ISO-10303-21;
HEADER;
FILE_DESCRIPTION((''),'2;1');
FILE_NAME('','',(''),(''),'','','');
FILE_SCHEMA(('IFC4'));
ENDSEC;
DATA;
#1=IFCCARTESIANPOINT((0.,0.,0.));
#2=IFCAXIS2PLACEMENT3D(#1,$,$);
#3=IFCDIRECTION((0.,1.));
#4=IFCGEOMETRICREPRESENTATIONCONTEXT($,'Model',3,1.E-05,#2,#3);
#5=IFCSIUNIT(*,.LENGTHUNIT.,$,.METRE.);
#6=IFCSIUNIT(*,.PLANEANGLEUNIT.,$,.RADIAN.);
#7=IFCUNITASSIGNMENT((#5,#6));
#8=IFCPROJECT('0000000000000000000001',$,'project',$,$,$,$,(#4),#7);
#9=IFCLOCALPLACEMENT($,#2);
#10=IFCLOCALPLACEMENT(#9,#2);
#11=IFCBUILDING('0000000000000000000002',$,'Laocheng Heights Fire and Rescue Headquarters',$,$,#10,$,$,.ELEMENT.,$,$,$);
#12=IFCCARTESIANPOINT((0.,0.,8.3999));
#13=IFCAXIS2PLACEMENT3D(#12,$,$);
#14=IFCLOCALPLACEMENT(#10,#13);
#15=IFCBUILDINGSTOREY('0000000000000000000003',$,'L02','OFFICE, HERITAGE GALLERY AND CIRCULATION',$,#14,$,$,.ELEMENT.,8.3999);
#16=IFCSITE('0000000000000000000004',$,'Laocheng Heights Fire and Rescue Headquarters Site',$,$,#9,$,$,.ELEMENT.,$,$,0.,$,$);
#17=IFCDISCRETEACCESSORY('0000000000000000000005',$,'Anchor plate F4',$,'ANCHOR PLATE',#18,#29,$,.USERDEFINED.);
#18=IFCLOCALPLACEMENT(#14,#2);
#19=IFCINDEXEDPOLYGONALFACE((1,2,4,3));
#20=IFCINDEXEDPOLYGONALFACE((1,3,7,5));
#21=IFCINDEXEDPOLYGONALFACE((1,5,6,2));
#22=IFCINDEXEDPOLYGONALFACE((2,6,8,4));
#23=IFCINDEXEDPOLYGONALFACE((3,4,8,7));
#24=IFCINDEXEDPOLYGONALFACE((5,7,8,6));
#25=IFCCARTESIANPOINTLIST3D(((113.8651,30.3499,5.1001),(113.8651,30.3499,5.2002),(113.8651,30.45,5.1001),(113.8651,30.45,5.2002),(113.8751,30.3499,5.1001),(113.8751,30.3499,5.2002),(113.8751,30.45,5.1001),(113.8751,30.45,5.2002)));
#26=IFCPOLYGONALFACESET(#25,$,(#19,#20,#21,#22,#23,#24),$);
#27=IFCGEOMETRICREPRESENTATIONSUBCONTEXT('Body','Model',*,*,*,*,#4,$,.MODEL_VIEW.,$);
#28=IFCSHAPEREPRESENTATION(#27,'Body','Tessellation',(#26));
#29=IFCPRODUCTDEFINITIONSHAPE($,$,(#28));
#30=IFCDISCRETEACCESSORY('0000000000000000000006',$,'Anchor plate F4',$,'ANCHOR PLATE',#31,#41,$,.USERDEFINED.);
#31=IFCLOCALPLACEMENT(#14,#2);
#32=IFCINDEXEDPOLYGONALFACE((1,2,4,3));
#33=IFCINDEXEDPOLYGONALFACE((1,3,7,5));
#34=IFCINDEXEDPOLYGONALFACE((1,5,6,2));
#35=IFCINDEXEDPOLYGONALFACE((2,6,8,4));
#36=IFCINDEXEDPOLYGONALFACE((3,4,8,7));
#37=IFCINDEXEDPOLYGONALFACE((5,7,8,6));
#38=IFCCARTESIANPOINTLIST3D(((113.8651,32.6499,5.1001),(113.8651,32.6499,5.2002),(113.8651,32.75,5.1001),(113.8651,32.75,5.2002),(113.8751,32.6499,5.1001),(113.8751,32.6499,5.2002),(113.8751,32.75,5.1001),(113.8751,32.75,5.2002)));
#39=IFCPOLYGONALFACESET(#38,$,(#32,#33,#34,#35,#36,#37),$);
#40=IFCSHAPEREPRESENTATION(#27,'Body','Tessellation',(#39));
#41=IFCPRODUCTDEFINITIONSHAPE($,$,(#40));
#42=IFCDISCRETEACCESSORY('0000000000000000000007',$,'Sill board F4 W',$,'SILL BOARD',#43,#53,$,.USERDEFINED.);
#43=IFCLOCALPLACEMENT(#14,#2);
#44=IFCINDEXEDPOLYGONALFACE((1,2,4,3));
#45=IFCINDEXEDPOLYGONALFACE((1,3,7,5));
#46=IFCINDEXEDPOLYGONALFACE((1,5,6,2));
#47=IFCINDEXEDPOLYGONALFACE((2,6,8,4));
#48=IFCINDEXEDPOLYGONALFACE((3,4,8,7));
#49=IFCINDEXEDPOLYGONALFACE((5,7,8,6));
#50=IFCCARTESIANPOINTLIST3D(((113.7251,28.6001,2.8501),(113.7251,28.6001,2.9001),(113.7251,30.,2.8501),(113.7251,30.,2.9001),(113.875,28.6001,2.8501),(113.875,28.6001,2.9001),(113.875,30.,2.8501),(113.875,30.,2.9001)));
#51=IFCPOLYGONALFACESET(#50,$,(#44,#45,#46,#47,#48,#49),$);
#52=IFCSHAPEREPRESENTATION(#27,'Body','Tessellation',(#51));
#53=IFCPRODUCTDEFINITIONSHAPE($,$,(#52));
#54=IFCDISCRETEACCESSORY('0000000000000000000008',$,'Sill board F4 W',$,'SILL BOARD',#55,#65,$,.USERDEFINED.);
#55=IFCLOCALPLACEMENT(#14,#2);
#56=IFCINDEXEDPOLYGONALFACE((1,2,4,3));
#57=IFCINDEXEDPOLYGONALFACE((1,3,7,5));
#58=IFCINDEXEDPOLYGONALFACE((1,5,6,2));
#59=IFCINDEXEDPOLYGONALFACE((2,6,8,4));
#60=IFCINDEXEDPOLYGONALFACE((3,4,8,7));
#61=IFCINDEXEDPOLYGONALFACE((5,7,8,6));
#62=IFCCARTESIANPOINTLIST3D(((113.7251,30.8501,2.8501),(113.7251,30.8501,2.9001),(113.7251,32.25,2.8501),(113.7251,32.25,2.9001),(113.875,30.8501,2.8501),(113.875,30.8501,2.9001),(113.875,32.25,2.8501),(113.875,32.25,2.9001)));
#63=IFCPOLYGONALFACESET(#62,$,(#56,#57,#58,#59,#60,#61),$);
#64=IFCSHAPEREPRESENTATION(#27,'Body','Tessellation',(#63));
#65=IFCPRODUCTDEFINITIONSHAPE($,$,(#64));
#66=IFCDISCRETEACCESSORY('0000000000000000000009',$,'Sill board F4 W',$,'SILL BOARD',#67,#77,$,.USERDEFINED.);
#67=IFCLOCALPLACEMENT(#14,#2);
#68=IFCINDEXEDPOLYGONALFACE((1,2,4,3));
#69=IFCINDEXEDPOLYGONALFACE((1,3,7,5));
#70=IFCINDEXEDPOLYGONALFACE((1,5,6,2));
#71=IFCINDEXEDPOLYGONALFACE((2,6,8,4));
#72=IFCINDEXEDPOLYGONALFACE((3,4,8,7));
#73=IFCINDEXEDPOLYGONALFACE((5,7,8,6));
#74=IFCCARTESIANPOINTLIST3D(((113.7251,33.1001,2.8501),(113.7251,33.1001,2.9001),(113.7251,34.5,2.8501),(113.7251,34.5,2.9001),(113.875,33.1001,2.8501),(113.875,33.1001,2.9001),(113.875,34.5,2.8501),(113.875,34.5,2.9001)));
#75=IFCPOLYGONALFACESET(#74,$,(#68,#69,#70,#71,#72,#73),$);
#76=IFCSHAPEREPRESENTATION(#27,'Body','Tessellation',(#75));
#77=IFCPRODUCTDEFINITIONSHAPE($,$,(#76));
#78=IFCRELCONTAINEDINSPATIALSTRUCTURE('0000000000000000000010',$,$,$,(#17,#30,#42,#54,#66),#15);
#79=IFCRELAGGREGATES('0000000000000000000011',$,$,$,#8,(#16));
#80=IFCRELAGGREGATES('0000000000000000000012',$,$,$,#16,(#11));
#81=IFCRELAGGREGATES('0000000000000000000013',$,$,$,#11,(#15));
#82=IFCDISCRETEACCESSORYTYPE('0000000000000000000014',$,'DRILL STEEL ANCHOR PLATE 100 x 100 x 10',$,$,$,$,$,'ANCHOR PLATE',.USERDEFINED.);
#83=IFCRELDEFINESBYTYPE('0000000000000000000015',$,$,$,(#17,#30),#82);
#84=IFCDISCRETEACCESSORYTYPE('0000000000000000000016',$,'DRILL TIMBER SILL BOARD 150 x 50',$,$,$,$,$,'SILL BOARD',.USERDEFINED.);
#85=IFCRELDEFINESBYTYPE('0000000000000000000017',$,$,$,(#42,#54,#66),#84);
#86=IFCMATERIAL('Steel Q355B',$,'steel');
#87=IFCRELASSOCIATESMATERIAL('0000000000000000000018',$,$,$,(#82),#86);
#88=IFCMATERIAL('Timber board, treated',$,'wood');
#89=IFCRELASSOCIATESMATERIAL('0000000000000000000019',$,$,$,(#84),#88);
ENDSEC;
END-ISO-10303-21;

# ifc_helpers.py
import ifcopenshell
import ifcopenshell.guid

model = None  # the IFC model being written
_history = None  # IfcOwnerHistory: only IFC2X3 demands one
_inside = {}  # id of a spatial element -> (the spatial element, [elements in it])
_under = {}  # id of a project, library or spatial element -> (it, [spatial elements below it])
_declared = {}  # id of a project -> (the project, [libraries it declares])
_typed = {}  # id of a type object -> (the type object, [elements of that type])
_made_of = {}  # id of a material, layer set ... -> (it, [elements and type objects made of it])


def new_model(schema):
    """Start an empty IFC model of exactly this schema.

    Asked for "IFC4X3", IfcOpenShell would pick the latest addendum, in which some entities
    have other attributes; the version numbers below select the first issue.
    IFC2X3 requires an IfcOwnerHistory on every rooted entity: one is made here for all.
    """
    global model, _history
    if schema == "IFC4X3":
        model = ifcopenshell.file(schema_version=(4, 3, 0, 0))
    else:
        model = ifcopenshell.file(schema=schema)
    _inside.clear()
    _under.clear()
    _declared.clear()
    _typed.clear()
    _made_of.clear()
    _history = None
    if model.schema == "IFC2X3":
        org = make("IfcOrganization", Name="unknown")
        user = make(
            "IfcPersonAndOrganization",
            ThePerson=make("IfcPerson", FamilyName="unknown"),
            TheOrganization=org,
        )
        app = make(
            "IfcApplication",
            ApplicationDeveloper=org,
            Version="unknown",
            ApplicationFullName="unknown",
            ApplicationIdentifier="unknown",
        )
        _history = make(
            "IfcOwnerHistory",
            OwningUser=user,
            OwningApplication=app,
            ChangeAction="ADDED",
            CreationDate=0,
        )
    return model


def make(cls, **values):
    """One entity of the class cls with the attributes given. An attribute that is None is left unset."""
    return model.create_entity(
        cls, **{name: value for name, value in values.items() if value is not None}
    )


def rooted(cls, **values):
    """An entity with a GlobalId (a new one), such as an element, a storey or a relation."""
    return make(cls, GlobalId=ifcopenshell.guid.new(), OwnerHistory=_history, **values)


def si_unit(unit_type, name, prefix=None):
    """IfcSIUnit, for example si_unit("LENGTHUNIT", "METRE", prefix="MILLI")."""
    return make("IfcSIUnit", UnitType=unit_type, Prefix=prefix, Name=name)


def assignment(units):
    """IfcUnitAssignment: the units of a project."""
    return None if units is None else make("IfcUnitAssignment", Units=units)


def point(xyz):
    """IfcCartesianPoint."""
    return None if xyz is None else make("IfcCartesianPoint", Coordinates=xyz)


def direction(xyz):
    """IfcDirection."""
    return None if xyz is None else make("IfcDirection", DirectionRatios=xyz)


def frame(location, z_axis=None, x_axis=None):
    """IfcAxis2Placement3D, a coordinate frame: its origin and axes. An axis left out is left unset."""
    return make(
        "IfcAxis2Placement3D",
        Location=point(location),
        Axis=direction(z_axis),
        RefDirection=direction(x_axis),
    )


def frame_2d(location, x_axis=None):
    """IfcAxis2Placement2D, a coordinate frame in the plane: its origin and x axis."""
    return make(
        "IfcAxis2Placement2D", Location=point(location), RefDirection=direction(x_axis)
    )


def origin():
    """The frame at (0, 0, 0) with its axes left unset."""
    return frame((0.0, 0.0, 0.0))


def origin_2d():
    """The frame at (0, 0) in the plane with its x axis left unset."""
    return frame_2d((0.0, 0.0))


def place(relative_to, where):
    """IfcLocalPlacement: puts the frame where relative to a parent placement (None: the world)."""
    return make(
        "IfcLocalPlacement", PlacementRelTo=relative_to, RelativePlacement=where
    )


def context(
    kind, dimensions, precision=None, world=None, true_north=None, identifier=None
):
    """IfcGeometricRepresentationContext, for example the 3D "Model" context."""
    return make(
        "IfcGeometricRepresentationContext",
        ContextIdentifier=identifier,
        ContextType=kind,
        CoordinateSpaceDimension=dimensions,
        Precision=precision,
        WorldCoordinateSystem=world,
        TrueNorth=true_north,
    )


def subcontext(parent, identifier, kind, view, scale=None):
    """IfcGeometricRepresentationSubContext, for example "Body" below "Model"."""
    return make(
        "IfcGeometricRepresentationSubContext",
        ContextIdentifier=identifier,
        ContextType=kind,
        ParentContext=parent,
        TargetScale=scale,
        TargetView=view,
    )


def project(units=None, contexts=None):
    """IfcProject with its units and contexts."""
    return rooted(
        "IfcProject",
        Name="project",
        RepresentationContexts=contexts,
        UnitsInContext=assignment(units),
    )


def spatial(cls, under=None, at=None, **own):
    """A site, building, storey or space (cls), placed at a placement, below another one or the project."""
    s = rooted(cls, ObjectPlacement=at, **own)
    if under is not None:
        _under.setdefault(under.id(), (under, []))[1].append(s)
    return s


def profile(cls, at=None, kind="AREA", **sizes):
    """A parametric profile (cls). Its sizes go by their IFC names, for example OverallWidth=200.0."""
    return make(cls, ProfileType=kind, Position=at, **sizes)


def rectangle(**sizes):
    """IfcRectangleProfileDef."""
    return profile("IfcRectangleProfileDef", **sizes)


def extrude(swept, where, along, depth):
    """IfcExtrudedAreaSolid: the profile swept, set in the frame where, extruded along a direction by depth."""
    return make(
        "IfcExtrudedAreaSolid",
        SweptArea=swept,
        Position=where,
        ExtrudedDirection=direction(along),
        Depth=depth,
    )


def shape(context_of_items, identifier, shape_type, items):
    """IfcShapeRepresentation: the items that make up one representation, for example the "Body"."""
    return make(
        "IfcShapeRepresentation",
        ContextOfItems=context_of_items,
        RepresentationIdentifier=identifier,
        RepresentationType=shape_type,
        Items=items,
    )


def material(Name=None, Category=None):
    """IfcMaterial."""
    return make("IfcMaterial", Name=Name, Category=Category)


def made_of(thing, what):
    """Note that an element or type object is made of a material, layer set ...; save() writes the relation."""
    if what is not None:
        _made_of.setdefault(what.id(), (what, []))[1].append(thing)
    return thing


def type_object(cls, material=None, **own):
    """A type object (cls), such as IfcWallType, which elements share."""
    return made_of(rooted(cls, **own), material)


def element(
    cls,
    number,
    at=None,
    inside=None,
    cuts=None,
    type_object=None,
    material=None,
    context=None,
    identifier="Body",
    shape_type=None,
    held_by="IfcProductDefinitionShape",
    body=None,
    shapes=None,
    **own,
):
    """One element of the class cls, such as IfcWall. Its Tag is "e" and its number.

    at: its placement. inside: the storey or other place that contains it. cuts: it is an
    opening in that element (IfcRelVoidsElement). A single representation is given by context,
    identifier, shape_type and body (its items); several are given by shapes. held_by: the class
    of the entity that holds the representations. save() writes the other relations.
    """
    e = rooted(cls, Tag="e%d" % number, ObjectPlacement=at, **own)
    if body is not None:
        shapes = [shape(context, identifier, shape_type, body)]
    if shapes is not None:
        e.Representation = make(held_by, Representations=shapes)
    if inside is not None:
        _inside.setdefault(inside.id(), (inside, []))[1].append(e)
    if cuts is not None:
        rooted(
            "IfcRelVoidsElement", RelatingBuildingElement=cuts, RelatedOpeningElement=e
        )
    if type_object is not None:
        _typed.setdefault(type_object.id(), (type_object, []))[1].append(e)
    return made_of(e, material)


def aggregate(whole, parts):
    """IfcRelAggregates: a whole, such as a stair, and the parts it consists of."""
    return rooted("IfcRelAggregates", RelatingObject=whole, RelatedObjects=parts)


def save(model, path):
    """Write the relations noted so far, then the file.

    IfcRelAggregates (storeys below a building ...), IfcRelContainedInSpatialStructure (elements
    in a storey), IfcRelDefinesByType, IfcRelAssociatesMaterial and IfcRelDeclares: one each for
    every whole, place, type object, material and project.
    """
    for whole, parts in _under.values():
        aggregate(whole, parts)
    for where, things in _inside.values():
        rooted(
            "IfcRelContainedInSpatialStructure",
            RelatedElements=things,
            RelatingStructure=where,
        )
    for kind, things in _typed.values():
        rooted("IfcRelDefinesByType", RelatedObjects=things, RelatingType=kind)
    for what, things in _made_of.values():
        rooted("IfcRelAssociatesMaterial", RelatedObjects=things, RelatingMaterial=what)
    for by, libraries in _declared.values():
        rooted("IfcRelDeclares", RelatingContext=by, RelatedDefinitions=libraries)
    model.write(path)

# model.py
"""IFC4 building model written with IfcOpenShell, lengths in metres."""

from ifc_helpers import new_model, si_unit, direction, frame, origin, origin_2d, place, context, subcontext, project, spatial, rectangle, extrude, material, type_object, element, save


model = new_model("IFC4")

# Units and contexts
model_context = context("Model", 3, precision=1e-05, world=origin(), true_north=direction((0.0, 1.0)))
body_context = subcontext(model_context, "Body", "Model", "MODEL_VIEW")
ifc_project = project(units=[si_unit("LENGTHUNIT", "METRE"), si_unit("PLANEANGLEUNIT", "RADIAN")], contexts=[model_context])

# Site, building, storey
site_placement = place(None, origin())
site = spatial("IfcSite", under=ifc_project, at=site_placement, Name="Laocheng Heights Fire and Rescue Headquarters Site", CompositionType="ELEMENT", RefElevation=0.0)
building_placement = place(site_placement, origin())
building = spatial("IfcBuilding", under=site, at=building_placement, Name="Laocheng Heights Fire and Rescue Headquarters", CompositionType="ELEMENT")
storey_placement = place(building_placement, frame((0.0, 0.0, 8.3999)))
storey = spatial("IfcBuildingStorey", under=building, at=storey_placement, Name="L02", Description="OFFICE, HERITAGE GALLERY AND CIRCULATION", CompositionType="ELEMENT", Elevation=8.3999)

# Discrete accessories
ifc_material_1 = material(Name="Steel Q355B", Category="steel")
discrete_accessory_type_1 = type_object("IfcDiscreteAccessoryType", Name="DRILL STEEL ANCHOR PLATE 100 x 100 x 10", ElementType="ANCHOR PLATE", PredefinedType="USERDEFINED", material=ifc_material_1)
for number, where, z_axis, x_axis, name in (
    (1, (113.8701, 30.3999, 5.1001), (0.0, 0.0, 1.0), (1.0, 0.0, 0.0), "Anchor plate F4"),
    (2, (113.8701, 32.7, 5.1001), (0.0, 0.0, 1.0), (1.0, 0.0, 0.0), "Anchor plate F4"),
):
    element("IfcDiscreteAccessory", number, at=place(storey_placement, frame(where, z_axis=z_axis, x_axis=x_axis)), inside=storey, type_object=discrete_accessory_type_1, Name=name, ObjectType="ANCHOR PLATE", PredefinedType="USERDEFINED", context=body_context, shape_type="SweptSolid", body=[
        extrude(rectangle(XDim=0.01, YDim=0.1001, at=origin_2d()), origin(), (0.0, 0.0, 1.0), 0.1001),
    ])
ifc_material_2 = material(Name="Timber board, treated", Category="wood")
discrete_accessory_type_2 = type_object("IfcDiscreteAccessoryType", Name="DRILL TIMBER SILL BOARD 150 x 50", ElementType="SILL BOARD", PredefinedType="USERDEFINED", material=ifc_material_2)
for number, where, z_axis, x_axis, name in (
    (3, (113.8, 29.3, 2.8501), (0.0, 0.0, 1.0), (1.0, 0.0, 0.0), "Sill board F4 W"),
    (4, (113.8, 31.55, 2.8501), (0.0, 0.0, 1.0), (1.0, 0.0, 0.0), "Sill board F4 W"),
    (5, (113.8, 33.8, 2.8501), (0.0, 0.0, 1.0), (1.0, 0.0, 0.0), "Sill board F4 W"),
):
    element("IfcDiscreteAccessory", number, at=place(storey_placement, frame(where, z_axis=z_axis, x_axis=x_axis)), inside=storey, type_object=discrete_accessory_type_2, Name=name, ObjectType="SILL BOARD", PredefinedType="USERDEFINED", context=body_context, shape_type="SweptSolid", body=[
        extrude(rectangle(XDim=0.1499, YDim=1.3999, at=origin_2d()), origin(), (0.0, 0.0, 1.0), 0.05),
    ])

save(model, "model.ifc")
